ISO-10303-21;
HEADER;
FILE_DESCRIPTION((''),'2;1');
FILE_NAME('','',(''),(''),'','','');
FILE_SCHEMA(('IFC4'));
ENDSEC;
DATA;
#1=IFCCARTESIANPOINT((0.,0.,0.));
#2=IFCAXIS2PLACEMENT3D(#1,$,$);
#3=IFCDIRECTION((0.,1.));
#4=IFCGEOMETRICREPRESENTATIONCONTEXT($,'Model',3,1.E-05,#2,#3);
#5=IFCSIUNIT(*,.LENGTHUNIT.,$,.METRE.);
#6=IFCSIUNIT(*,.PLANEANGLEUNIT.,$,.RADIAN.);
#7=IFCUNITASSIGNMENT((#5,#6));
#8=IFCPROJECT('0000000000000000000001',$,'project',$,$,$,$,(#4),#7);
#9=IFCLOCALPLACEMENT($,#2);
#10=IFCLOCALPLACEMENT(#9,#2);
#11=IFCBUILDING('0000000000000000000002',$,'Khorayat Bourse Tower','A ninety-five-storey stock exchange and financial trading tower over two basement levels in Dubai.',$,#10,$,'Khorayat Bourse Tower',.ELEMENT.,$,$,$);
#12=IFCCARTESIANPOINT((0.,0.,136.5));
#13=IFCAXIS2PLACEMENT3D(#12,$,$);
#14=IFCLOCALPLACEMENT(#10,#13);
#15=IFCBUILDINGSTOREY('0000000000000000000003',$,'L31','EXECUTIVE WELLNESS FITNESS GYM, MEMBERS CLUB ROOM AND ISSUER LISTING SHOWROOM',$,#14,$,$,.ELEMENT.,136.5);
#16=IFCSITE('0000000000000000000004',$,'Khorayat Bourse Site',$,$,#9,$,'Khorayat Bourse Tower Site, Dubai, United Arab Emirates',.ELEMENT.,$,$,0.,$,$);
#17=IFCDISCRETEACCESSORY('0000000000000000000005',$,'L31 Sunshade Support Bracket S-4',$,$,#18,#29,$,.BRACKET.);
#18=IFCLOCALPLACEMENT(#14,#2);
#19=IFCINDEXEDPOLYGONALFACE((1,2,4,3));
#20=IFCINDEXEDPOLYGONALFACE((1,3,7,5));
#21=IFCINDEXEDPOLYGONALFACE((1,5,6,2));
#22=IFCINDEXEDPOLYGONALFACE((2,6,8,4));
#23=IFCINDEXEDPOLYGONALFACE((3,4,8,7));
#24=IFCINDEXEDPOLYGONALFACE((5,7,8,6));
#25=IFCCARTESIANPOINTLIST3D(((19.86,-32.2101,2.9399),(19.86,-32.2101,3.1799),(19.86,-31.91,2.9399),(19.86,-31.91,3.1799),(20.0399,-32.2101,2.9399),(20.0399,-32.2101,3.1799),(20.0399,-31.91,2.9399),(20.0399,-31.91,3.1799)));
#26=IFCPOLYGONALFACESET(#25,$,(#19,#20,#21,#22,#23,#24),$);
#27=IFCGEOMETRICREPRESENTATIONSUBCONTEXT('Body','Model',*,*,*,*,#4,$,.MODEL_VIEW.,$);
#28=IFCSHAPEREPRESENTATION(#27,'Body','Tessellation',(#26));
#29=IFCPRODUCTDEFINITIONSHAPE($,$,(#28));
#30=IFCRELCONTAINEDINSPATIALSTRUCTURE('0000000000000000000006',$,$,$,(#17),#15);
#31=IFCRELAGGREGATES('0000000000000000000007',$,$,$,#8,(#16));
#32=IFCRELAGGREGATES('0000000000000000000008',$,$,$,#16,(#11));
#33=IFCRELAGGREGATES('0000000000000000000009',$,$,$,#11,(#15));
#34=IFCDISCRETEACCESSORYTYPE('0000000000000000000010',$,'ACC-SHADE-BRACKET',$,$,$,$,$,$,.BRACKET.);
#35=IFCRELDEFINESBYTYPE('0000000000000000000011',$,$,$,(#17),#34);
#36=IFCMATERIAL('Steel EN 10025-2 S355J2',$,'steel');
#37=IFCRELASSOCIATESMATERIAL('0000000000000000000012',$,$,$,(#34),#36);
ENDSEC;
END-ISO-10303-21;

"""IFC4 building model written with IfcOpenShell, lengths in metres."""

from ifc_helpers import new_model, si_unit, direction, frame, origin, origin_2d, place, context, subcontext, project, spatial, rectangle, extrude, source, transform, mapped, material, type_object, element, save


model = new_model("IFC4")

# Units and contexts
model_context = context("Model", 3, precision=1e-05, world=origin(), true_north=direction((0.0, 1.0)))
body_context = subcontext(model_context, "Body", "Model", "MODEL_VIEW")
ifc_project = project(units=[si_unit("LENGTHUNIT", "METRE"), si_unit("PLANEANGLEUNIT", "RADIAN")], contexts=[model_context])

# Site, building, storey
site_placement = place(None, origin())
site = spatial("IfcSite", under=ifc_project, at=site_placement, Name="Khorayat Bourse Site", LongName="Khorayat Bourse Tower Site, Dubai, United Arab Emirates", CompositionType="ELEMENT", RefElevation=0.0)
building_placement = place(site_placement, origin())
building = spatial("IfcBuilding", under=site, at=building_placement, Name="Khorayat Bourse Tower", Description="A ninety-five-storey stock exchange and financial trading tower over two basement levels in Dubai.", LongName="Khorayat Bourse Tower", CompositionType="ELEMENT")
storey_placement = place(building_placement, frame((0.0, 0.0, 136.5)))
storey = spatial("IfcBuildingStorey", under=building, at=storey_placement, Name="L31", Description="EXECUTIVE WELLNESS FITNESS GYM, MEMBERS CLUB ROOM AND ISSUER LISTING SHOWROOM", CompositionType="ELEMENT", Elevation=136.5)

# Discrete accessory
ifc_material_1 = material(Name="Steel EN 10025-2 S355J2", Category="steel")
discrete_accessory_type = type_object("IfcDiscreteAccessoryType", Name="ACC-SHADE-BRACKET", PredefinedType="BRACKET", material=ifc_material_1)
shared_shape_1 = source(origin(), body_context, "Body", "SweptSolid", [
    extrude(rectangle(XDim=0.1799, YDim=0.3, at=origin_2d()), origin(), (0.0, 0.0, 1.0), 0.24),
])
discrete_accessory_placement = place(storey_placement, frame((19.95, -32.0601, 2.9399), z_axis=(0.0, 0.0, 1.0), x_axis=(1.0, 0.0, 0.0)))
element("IfcDiscreteAccessory", 1, at=discrete_accessory_placement, inside=storey, type_object=discrete_accessory_type, Name="L31 Sunshade Support Bracket S-4", PredefinedType="BRACKET", context=body_context, shape_type="MappedRepresentation", body=[
    mapped(shared_shape_1, transform((0.0, 0.0, 0.0), scale=1.0)),
])

save(model, "model.ifc")
